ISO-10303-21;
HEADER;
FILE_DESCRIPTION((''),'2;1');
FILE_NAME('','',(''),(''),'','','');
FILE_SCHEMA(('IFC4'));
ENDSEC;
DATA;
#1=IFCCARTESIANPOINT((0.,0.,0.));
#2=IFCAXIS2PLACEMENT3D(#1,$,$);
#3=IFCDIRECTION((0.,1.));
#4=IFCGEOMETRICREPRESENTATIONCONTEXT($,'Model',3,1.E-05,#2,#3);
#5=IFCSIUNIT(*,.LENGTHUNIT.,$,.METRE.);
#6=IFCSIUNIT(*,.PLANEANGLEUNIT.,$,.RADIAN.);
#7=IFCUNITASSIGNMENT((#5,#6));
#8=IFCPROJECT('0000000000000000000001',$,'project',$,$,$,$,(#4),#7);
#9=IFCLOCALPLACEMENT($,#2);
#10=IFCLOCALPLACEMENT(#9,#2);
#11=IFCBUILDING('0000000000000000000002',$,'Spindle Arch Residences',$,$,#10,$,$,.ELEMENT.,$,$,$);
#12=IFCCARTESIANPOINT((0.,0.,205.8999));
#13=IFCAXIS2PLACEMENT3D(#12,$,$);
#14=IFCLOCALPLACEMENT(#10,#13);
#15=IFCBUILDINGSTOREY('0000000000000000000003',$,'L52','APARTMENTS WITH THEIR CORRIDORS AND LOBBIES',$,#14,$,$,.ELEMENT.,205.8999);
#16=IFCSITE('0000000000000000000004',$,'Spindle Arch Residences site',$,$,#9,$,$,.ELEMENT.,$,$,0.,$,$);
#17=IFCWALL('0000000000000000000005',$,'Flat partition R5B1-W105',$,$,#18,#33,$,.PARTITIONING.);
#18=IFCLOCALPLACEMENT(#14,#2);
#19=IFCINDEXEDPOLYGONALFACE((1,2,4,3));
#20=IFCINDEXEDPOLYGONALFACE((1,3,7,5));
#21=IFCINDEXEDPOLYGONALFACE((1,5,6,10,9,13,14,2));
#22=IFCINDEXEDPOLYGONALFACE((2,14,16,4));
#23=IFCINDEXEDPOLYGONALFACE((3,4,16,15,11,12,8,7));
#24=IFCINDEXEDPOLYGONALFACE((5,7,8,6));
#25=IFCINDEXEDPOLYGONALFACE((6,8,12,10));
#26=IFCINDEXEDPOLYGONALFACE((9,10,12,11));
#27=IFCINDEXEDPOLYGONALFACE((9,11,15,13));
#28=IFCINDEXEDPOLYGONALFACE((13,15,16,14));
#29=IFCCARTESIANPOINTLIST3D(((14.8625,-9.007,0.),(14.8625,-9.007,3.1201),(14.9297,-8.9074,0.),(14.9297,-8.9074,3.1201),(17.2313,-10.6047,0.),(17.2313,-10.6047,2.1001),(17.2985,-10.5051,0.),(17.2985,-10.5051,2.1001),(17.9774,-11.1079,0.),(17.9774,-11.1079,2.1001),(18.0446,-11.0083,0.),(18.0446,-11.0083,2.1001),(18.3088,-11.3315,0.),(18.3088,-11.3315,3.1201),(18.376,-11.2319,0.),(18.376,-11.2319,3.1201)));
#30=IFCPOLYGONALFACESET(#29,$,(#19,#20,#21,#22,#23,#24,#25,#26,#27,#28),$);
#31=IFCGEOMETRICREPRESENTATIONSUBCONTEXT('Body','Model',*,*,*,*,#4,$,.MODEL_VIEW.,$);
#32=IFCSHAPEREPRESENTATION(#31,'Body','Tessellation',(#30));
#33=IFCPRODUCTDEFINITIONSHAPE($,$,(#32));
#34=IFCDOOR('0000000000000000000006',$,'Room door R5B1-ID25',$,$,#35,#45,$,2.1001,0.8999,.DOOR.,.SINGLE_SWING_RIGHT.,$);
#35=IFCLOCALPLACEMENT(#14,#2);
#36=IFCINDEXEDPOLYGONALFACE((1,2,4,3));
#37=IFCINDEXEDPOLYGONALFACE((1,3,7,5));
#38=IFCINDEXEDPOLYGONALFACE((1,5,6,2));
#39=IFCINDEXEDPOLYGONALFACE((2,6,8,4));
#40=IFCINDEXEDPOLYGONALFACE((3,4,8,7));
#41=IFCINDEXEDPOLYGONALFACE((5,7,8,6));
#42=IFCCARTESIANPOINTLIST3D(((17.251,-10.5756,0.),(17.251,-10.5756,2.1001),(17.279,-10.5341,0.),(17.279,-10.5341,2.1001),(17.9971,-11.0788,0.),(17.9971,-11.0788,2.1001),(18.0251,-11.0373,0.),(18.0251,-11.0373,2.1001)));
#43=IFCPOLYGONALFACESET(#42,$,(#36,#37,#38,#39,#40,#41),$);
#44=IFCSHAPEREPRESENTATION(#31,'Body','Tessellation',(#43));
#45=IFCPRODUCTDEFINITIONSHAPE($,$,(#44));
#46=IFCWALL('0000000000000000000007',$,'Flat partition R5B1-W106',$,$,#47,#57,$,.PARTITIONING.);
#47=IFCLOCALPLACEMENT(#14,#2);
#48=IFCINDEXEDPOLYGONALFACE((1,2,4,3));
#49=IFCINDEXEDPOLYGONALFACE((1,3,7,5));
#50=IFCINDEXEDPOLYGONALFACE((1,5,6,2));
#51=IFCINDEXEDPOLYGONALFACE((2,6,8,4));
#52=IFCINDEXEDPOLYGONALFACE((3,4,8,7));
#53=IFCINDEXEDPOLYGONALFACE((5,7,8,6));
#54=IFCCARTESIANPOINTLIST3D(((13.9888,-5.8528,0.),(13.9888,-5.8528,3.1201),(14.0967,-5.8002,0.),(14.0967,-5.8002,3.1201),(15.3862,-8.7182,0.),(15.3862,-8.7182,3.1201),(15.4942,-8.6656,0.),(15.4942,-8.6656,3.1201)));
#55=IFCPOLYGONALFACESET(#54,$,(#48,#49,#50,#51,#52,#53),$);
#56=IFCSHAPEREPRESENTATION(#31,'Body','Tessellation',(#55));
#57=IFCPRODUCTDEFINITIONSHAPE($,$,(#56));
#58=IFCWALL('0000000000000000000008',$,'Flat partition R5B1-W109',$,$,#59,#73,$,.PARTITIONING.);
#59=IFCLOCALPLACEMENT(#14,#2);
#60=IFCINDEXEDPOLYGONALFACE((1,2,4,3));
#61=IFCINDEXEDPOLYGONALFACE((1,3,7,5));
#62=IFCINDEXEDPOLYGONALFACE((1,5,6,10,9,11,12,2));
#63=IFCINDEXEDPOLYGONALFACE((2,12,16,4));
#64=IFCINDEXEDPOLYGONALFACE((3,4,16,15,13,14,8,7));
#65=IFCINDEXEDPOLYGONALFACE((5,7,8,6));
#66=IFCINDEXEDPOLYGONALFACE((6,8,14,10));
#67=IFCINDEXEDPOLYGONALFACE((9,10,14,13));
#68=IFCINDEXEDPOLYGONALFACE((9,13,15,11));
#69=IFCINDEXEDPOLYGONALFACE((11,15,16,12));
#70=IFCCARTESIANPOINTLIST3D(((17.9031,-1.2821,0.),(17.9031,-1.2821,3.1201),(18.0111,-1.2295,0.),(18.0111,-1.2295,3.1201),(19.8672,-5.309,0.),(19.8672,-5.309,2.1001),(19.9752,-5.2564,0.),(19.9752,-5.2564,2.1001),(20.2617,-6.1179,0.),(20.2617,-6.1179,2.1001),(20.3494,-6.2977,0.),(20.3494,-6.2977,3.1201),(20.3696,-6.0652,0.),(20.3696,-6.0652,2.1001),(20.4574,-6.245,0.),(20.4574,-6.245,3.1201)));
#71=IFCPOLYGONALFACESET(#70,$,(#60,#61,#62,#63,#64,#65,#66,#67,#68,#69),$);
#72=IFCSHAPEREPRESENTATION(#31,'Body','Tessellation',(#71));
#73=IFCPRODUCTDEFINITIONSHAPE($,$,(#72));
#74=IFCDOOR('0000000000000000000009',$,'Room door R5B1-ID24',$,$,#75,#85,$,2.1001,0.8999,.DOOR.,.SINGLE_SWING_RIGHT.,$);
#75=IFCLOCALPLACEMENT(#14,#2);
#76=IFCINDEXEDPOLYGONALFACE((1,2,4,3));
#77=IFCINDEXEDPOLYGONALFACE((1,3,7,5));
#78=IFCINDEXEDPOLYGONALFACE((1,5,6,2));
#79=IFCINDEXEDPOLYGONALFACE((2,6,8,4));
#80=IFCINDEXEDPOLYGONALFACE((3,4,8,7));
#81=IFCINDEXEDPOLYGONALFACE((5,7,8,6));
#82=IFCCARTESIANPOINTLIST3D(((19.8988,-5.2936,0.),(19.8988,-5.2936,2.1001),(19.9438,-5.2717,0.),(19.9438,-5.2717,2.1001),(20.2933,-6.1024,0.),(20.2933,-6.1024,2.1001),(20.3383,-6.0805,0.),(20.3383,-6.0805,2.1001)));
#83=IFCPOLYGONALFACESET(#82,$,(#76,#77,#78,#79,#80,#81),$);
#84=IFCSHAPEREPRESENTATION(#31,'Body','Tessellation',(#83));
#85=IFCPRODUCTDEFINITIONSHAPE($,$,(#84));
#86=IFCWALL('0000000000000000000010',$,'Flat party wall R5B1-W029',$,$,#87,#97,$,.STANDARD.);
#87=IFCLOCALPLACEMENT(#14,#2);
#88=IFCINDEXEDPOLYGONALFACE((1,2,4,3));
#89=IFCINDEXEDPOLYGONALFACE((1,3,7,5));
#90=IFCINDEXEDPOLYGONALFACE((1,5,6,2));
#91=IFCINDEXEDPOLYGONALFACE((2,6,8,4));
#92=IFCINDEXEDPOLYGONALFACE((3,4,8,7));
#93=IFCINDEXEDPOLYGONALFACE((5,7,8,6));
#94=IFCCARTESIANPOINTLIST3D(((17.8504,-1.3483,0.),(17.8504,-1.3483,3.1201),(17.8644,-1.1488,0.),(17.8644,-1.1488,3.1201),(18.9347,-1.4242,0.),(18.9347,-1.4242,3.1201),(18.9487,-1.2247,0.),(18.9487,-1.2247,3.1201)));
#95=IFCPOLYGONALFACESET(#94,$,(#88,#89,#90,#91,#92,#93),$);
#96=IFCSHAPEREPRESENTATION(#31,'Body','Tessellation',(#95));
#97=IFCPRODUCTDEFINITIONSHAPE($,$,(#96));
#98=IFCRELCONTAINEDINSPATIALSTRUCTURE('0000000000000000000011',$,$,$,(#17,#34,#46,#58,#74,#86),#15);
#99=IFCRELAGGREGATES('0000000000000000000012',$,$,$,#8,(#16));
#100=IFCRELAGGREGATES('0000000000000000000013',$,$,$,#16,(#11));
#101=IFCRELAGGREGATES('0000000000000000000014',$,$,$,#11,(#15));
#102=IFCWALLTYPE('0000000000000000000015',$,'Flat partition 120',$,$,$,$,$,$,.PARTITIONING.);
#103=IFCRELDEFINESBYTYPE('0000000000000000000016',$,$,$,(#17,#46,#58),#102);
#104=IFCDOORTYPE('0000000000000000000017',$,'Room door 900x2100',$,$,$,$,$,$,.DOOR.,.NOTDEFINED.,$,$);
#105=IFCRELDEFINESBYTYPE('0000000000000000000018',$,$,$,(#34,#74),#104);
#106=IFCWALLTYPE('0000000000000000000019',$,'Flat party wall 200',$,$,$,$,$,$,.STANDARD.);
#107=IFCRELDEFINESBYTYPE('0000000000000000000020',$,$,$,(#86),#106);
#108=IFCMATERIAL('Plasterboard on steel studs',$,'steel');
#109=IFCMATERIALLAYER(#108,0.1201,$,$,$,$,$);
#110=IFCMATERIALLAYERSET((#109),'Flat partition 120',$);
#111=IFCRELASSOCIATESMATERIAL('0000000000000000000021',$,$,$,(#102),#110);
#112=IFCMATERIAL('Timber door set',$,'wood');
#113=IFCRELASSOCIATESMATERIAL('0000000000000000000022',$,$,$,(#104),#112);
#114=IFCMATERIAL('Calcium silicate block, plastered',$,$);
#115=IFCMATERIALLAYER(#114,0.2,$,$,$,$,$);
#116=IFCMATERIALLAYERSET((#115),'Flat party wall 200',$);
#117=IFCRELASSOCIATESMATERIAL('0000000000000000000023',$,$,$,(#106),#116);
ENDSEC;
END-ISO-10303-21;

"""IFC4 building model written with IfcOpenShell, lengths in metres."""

from ifc_helpers import new_model, si_unit, direction, frame, frame_2d, origin, place, context, subcontext, project, spatial, rectangle, extrude, material, layer, layer_set, type_object, element, fill, save


model = new_model("IFC4")

# Units and contexts
model_context = context("Model", 3, precision=1e-05, world=origin(), true_north=direction((0.0, 1.0)))
body_context = subcontext(model_context, "Body", "Model", "MODEL_VIEW")
ifc_project = project(units=[si_unit("LENGTHUNIT", "METRE"), si_unit("PLANEANGLEUNIT", "RADIAN")], contexts=[model_context])

# Site, building, storey
site_placement = place(None, origin())
site = spatial("IfcSite", under=ifc_project, at=site_placement, Name="Spindle Arch Residences site", CompositionType="ELEMENT", RefElevation=0.0)
building_placement = place(site_placement, origin())
building = spatial("IfcBuilding", under=site, at=building_placement, Name="Spindle Arch Residences", CompositionType="ELEMENT")
storey_placement = place(building_placement, frame((0.0, 0.0, 205.8999)))
storey = spatial("IfcBuildingStorey", under=building, at=storey_placement, Name="L52", Description="APARTMENTS WITH THEIR CORRIDORS AND LOBBIES", CompositionType="ELEMENT", Elevation=205.8999)

# Wall, opening, door
ifc_material_1 = material(Name="Plasterboard on steel studs", Category="steel")
ifc_layer_1 = layer(ifc_material_1, 0.1201)
ifc_layer_set_1 = layer_set([ifc_layer_1], Name="Flat partition 120")
wall_type_1 = type_object("IfcWallType", Name="Flat partition 120", PredefinedType="PARTITIONING", material=ifc_layer_set_1)
ifc_material_2 = material(Name="Timber door set", Category="wood")
door_type_1 = type_object("IfcDoorType", Name="Room door 900x2100", OperationType="NOTDEFINED", PredefinedType="DOOR", material=ifc_material_2)
wall_1_placement = place(storey_placement, frame((18.3425, -11.2817, 0.0), z_axis=(0.0, 0.0, 1.0), x_axis=(-0.829047, 0.559178, 0.0)))
wall_1 = element("IfcWall", 1, at=wall_1_placement, inside=storey, type_object=wall_type_1, Name="Flat partition R5B1-W105", PredefinedType="PARTITIONING", context=body_context, shape_type="SweptSolid", body=[
    extrude(rectangle(XDim=4.157, YDim=0.1201, at=frame_2d((2.0786, 0.0))), origin(), (0.0, 0.0, 1.0), 3.1201),
])
opening_1_placement = place(wall_1_placement, frame((0.3999, 0.0, 0.0)))
opening_1 = element("IfcOpeningElement", 2, at=opening_1_placement, cuts=wall_1, PredefinedType="OPENING", context=body_context, shape_type="SweptSolid", body=[
    extrude(rectangle(XDim=0.8999, YDim=2.1001, at=frame_2d((0.45, 1.05))), frame((0.0, 0.0701, 0.0), z_axis=(0.0, -1.0, 0.0), x_axis=(1.0, 0.0, 0.0)), (0.0, 0.0, 1.0), 0.1401),
])
door_1_placement = place(opening_1_placement, origin())
door_1 = element("IfcDoor", 3, at=door_1_placement, inside=storey, type_object=door_type_1, Name="Room door R5B1-ID25", OperationType="SINGLE_SWING_RIGHT", OverallHeight=2.1001, OverallWidth=0.8999, PredefinedType="DOOR", context=body_context, shape_type="SweptSolid", body=[
    extrude(rectangle(XDim=0.8999, YDim=2.1001, at=frame_2d((0.45, 1.05))), frame((0.0, 0.0249, 0.0), z_axis=(0.0, -1.0, 0.0), x_axis=(1.0, 0.0, 0.0)), (0.0, 0.0, 1.0), 0.05),
])
fill(opening_1, door_1)

# Wall
wall_2_placement = place(storey_placement, frame((15.4402, -8.6919, 0.0), z_axis=(0.0, 0.0, 1.0), x_axis=(-0.438339, 0.89881, 0.0)))
element("IfcWall", 4, at=wall_2_placement, inside=storey, type_object=wall_type_1, Name="Flat partition R5B1-W106", PredefinedType="PARTITIONING", context=body_context, shape_type="SweptSolid", body=[
    extrude(rectangle(XDim=3.188, YDim=0.1201, at=frame_2d((1.594, 0.0))), origin(), (0.0, 0.0, 1.0), 3.1201),
])

# Wall, opening, door
wall_3_placement = place(storey_placement, frame((20.4033, -6.2712, 0.0), z_axis=(0.0, 0.0, 1.0), x_axis=(-0.438372, 0.898794, 0.0)))
wall_3 = element("IfcWall", 5, at=wall_3_placement, inside=storey, type_object=wall_type_1, Name="Flat partition R5B1-W109", PredefinedType="PARTITIONING", context=body_context, shape_type="SweptSolid", body=[
    extrude(rectangle(XDim=5.5803, YDim=0.1201, at=frame_2d((2.79, 0.0))), origin(), (0.0, 0.0, 1.0), 3.1201),
])
opening_2_placement = place(wall_3_placement, frame((0.2, 0.0, 0.0)))
opening_2 = element("IfcOpeningElement", 6, at=opening_2_placement, cuts=wall_3, PredefinedType="OPENING", context=body_context, shape_type="SweptSolid", body=[
    extrude(rectangle(XDim=0.8999, YDim=2.1001, at=frame_2d((0.45, 1.05))), frame((0.0, 0.0701, 0.0), z_axis=(0.0, -1.0, 0.0), x_axis=(1.0, 0.0, 0.0)), (0.0, 0.0, 1.0), 0.1401),
])
door_2_placement = place(opening_2_placement, origin())
door_2 = element("IfcDoor", 7, at=door_2_placement, inside=storey, type_object=door_type_1, Name="Room door R5B1-ID24", OperationType="SINGLE_SWING_RIGHT", OverallHeight=2.1001, OverallWidth=0.8999, PredefinedType="DOOR", context=body_context, shape_type="SweptSolid", body=[
    extrude(rectangle(XDim=0.8999, YDim=2.1001, at=frame_2d((0.45, 1.05))), frame((0.0, 0.0249, 0.0), z_axis=(0.0, -1.0, 0.0), x_axis=(1.0, 0.0, 0.0)), (0.0, 0.0, 1.0), 0.05),
])
fill(opening_2, door_2)

# Wall
ifc_material_3 = material(Name="Calcium silicate block, plastered")
ifc_layer_2 = layer(ifc_material_3, 0.2)
ifc_layer_set_2 = layer_set([ifc_layer_2], Name="Flat party wall 200")
wall_type_2 = type_object("IfcWallType", Name="Flat party wall 200", PredefinedType="STANDARD", material=ifc_layer_set_2)
wall_4_placement = place(storey_placement, frame((17.8574, -1.2485, 0.0), z_axis=(0.0, 0.0, 1.0), x_axis=(0.997557, -0.069858, 0.0)))
element("IfcWall", 8, at=wall_4_placement, inside=storey, type_object=wall_type_2, Name="Flat party wall R5B1-W029", PredefinedType="STANDARD", context=body_context, shape_type="SweptSolid", body=[
    extrude(rectangle(XDim=1.0869, YDim=0.2, at=frame_2d((0.5435, 0.0))), origin(), (0.0, 0.0, 1.0), 3.1201),
])

save(model, "model.ifc")
